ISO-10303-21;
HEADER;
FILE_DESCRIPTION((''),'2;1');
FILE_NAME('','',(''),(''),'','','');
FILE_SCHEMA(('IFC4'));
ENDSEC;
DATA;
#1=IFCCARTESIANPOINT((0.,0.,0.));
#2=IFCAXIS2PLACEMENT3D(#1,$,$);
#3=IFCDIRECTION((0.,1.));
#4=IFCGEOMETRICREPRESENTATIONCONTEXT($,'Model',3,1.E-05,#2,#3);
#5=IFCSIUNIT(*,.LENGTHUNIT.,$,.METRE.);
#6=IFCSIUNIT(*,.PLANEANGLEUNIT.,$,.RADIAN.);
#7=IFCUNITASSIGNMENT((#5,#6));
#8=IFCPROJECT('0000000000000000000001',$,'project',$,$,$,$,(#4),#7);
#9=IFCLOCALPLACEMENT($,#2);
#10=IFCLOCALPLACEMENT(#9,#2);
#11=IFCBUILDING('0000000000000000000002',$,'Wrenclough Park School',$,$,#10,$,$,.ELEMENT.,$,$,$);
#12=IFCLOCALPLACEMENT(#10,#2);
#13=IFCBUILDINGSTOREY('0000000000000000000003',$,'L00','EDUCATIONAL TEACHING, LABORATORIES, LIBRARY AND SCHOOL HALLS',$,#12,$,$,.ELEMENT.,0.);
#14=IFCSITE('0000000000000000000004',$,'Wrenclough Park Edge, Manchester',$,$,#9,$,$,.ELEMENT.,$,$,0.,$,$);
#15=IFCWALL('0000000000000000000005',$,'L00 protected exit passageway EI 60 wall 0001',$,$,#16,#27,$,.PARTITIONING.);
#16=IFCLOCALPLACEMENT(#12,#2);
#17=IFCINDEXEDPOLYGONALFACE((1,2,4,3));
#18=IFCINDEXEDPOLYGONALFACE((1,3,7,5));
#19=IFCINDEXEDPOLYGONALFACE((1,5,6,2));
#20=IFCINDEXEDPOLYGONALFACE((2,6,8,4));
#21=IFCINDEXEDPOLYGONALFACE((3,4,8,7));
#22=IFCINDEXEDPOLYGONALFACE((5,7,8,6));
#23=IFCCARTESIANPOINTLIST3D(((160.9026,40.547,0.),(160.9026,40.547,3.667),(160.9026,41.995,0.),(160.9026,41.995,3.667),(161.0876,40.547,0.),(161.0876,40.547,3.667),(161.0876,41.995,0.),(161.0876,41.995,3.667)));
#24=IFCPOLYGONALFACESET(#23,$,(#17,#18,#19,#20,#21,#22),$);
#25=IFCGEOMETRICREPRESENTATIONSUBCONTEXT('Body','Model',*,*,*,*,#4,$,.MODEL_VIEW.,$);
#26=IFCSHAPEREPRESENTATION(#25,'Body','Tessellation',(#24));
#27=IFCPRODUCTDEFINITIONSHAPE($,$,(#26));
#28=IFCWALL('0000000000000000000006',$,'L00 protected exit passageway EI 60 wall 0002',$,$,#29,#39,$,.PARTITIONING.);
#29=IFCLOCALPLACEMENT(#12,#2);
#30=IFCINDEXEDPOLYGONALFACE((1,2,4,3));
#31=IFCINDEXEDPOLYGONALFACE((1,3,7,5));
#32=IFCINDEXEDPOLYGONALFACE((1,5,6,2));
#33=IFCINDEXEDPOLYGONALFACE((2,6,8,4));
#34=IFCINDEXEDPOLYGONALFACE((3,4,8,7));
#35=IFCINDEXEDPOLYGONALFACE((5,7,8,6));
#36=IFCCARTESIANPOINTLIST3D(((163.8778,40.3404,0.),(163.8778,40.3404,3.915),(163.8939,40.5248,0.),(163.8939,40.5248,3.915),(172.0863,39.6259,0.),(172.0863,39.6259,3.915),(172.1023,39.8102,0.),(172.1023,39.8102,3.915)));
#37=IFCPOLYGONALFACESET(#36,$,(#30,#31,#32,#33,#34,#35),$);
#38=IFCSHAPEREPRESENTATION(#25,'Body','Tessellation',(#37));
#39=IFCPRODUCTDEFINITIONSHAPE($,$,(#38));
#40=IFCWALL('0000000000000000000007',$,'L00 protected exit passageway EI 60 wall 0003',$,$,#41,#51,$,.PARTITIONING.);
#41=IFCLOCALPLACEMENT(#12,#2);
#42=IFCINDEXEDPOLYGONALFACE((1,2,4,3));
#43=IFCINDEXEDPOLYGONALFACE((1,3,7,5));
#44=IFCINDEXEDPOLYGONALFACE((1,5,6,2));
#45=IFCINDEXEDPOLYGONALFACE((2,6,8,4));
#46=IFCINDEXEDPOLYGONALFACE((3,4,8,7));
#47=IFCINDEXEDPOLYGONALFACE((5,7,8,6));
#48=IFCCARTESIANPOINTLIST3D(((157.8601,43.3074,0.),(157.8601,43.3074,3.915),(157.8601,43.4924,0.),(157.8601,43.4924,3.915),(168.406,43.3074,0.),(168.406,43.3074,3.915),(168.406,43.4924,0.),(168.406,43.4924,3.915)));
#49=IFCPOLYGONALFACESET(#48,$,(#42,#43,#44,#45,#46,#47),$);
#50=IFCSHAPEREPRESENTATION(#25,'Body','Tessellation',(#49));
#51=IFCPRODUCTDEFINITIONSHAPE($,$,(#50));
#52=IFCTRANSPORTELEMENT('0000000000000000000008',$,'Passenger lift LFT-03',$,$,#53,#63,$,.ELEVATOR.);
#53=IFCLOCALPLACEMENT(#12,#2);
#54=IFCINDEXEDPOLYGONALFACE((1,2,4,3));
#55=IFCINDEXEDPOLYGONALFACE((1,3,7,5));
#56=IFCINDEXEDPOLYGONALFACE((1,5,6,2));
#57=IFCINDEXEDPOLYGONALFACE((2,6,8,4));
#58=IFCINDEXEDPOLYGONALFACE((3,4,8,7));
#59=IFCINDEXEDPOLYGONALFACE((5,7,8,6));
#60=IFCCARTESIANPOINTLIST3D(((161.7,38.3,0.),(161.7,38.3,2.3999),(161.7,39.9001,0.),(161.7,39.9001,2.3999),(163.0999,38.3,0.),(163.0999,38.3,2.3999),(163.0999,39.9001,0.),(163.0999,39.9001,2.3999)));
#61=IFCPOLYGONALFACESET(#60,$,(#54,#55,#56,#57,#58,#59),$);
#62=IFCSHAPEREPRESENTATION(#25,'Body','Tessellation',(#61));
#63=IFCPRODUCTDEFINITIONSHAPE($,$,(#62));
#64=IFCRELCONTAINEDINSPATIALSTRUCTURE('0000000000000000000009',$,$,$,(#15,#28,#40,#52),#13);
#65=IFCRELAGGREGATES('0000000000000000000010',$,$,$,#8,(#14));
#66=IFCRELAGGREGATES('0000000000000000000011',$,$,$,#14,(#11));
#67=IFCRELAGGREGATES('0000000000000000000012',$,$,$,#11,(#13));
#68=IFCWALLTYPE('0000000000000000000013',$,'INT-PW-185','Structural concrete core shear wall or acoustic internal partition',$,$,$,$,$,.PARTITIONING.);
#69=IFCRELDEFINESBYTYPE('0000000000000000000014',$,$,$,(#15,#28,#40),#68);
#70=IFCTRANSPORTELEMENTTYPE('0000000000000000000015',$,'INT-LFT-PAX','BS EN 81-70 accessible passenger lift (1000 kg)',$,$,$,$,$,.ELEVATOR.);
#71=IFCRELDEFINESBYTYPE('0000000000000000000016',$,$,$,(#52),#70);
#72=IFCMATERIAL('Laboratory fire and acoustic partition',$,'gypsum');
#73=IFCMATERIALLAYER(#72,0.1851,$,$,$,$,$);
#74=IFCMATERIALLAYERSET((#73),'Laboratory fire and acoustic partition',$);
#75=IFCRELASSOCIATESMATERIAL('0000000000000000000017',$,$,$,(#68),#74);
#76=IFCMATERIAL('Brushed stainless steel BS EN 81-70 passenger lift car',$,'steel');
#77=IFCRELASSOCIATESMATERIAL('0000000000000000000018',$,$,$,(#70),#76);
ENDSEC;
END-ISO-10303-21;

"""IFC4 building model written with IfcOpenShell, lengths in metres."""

from ifc_helpers import new_model, si_unit, direction, frame, frame_2d, origin, origin_2d, place, context, subcontext, project, spatial, rectangle, extrude, material, layer, layer_set, type_object, element, save


model = new_model("IFC4")

# Units and contexts
model_context = context("Model", 3, precision=1e-05, world=origin(), true_north=direction((0.0, 1.0)))
body_context = subcontext(model_context, "Body", "Model", "MODEL_VIEW")
ifc_project = project(units=[si_unit("LENGTHUNIT", "METRE"), si_unit("PLANEANGLEUNIT", "RADIAN")], contexts=[model_context])

# Site, building, storey
site_placement = place(None, origin())
site = spatial("IfcSite", under=ifc_project, at=site_placement, Name="Wrenclough Park Edge, Manchester", CompositionType="ELEMENT", RefElevation=0.0)
building_placement = place(site_placement, origin())
building = spatial("IfcBuilding", under=site, at=building_placement, Name="Wrenclough Park School", CompositionType="ELEMENT")
storey_placement = place(building_placement, origin())
storey = spatial("IfcBuildingStorey", under=building, at=storey_placement, Name="L00", Description="EDUCATIONAL TEACHING, LABORATORIES, LIBRARY AND SCHOOL HALLS", CompositionType="ELEMENT", Elevation=0.0)

# Walls
ifc_material_1 = material(Name="Laboratory fire and acoustic partition", Category="gypsum")
ifc_layer_1 = layer(ifc_material_1, 0.1851)
ifc_layer_set_1 = layer_set([ifc_layer_1], Name="Laboratory fire and acoustic partition")
wall_type_1 = type_object("IfcWallType", Name="INT-PW-185", Description="Structural concrete core shear wall or acoustic internal partition", PredefinedType="PARTITIONING", material=ifc_layer_set_1)
wall_1_placement = place(storey_placement, frame((160.9951, 41.9951, 0.0), z_axis=(0.0, 0.0, 1.0), x_axis=(0.0, -1.0, 0.0)))
element("IfcWall", 1, at=wall_1_placement, inside=storey, type_object=wall_type_1, Name="L00 protected exit passageway EI 60 wall 0001", PredefinedType="PARTITIONING", context=body_context, shape_type="SweptSolid", body=[
    extrude(rectangle(XDim=1.448, YDim=0.1851, at=frame_2d((0.7241, 0.0))), origin(), (0.0, 0.0, 1.0), 3.667),
])
wall_2_placement = place(storey_placement, frame((163.886, 40.4326, 0.0), z_axis=(0.0, 0.0, 1.0), x_axis=(0.996232, -0.086728, 0.0)))
element("IfcWall", 2, at=wall_2_placement, inside=storey, type_object=wall_type_1, Name="L00 protected exit passageway EI 60 wall 0002", PredefinedType="PARTITIONING", context=body_context, shape_type="SweptSolid", body=[
    extrude(rectangle(XDim=8.2395, YDim=0.1851, at=frame_2d((4.1196, 0.0))), origin(), (0.0, 0.0, 1.0), 3.915),
])
wall_3_placement = place(storey_placement, frame((168.406, 43.3999, 0.0), z_axis=(0.0, 0.0, 1.0), x_axis=(-1.0, 0.0, 0.0)))
element("IfcWall", 3, at=wall_3_placement, inside=storey, type_object=wall_type_1, Name="L00 protected exit passageway EI 60 wall 0003", PredefinedType="PARTITIONING", context=body_context, shape_type="SweptSolid", body=[
    extrude(rectangle(XDim=10.5459, YDim=0.1851, at=frame_2d((5.2729, 0.0))), origin(), (0.0, 0.0, 1.0), 3.915),
])

# Transport element
ifc_material_2 = material(Name="Brushed stainless steel BS EN 81-70 passenger lift car", Category="steel")
transport_element_type = type_object("IfcTransportElementType", Name="INT-LFT-PAX", Description="BS EN 81-70 accessible passenger lift (1000 kg)", PredefinedType="ELEVATOR", material=ifc_material_2)
transport_element_placement = place(storey_placement, frame((162.3999, 39.1001, 0.0), z_axis=(0.0, 0.0, 1.0), x_axis=(1.0, 0.0, 0.0)))
element("IfcTransportElement", 4, at=transport_element_placement, inside=storey, type_object=transport_element_type, Name="Passenger lift LFT-03", PredefinedType="ELEVATOR", context=body_context, shape_type="SweptSolid", body=[
    extrude(rectangle(XDim=1.3999, YDim=1.6001, at=origin_2d()), origin(), (0.0, 0.0, 1.0), 2.3999),
])

save(model, "model.ifc")
